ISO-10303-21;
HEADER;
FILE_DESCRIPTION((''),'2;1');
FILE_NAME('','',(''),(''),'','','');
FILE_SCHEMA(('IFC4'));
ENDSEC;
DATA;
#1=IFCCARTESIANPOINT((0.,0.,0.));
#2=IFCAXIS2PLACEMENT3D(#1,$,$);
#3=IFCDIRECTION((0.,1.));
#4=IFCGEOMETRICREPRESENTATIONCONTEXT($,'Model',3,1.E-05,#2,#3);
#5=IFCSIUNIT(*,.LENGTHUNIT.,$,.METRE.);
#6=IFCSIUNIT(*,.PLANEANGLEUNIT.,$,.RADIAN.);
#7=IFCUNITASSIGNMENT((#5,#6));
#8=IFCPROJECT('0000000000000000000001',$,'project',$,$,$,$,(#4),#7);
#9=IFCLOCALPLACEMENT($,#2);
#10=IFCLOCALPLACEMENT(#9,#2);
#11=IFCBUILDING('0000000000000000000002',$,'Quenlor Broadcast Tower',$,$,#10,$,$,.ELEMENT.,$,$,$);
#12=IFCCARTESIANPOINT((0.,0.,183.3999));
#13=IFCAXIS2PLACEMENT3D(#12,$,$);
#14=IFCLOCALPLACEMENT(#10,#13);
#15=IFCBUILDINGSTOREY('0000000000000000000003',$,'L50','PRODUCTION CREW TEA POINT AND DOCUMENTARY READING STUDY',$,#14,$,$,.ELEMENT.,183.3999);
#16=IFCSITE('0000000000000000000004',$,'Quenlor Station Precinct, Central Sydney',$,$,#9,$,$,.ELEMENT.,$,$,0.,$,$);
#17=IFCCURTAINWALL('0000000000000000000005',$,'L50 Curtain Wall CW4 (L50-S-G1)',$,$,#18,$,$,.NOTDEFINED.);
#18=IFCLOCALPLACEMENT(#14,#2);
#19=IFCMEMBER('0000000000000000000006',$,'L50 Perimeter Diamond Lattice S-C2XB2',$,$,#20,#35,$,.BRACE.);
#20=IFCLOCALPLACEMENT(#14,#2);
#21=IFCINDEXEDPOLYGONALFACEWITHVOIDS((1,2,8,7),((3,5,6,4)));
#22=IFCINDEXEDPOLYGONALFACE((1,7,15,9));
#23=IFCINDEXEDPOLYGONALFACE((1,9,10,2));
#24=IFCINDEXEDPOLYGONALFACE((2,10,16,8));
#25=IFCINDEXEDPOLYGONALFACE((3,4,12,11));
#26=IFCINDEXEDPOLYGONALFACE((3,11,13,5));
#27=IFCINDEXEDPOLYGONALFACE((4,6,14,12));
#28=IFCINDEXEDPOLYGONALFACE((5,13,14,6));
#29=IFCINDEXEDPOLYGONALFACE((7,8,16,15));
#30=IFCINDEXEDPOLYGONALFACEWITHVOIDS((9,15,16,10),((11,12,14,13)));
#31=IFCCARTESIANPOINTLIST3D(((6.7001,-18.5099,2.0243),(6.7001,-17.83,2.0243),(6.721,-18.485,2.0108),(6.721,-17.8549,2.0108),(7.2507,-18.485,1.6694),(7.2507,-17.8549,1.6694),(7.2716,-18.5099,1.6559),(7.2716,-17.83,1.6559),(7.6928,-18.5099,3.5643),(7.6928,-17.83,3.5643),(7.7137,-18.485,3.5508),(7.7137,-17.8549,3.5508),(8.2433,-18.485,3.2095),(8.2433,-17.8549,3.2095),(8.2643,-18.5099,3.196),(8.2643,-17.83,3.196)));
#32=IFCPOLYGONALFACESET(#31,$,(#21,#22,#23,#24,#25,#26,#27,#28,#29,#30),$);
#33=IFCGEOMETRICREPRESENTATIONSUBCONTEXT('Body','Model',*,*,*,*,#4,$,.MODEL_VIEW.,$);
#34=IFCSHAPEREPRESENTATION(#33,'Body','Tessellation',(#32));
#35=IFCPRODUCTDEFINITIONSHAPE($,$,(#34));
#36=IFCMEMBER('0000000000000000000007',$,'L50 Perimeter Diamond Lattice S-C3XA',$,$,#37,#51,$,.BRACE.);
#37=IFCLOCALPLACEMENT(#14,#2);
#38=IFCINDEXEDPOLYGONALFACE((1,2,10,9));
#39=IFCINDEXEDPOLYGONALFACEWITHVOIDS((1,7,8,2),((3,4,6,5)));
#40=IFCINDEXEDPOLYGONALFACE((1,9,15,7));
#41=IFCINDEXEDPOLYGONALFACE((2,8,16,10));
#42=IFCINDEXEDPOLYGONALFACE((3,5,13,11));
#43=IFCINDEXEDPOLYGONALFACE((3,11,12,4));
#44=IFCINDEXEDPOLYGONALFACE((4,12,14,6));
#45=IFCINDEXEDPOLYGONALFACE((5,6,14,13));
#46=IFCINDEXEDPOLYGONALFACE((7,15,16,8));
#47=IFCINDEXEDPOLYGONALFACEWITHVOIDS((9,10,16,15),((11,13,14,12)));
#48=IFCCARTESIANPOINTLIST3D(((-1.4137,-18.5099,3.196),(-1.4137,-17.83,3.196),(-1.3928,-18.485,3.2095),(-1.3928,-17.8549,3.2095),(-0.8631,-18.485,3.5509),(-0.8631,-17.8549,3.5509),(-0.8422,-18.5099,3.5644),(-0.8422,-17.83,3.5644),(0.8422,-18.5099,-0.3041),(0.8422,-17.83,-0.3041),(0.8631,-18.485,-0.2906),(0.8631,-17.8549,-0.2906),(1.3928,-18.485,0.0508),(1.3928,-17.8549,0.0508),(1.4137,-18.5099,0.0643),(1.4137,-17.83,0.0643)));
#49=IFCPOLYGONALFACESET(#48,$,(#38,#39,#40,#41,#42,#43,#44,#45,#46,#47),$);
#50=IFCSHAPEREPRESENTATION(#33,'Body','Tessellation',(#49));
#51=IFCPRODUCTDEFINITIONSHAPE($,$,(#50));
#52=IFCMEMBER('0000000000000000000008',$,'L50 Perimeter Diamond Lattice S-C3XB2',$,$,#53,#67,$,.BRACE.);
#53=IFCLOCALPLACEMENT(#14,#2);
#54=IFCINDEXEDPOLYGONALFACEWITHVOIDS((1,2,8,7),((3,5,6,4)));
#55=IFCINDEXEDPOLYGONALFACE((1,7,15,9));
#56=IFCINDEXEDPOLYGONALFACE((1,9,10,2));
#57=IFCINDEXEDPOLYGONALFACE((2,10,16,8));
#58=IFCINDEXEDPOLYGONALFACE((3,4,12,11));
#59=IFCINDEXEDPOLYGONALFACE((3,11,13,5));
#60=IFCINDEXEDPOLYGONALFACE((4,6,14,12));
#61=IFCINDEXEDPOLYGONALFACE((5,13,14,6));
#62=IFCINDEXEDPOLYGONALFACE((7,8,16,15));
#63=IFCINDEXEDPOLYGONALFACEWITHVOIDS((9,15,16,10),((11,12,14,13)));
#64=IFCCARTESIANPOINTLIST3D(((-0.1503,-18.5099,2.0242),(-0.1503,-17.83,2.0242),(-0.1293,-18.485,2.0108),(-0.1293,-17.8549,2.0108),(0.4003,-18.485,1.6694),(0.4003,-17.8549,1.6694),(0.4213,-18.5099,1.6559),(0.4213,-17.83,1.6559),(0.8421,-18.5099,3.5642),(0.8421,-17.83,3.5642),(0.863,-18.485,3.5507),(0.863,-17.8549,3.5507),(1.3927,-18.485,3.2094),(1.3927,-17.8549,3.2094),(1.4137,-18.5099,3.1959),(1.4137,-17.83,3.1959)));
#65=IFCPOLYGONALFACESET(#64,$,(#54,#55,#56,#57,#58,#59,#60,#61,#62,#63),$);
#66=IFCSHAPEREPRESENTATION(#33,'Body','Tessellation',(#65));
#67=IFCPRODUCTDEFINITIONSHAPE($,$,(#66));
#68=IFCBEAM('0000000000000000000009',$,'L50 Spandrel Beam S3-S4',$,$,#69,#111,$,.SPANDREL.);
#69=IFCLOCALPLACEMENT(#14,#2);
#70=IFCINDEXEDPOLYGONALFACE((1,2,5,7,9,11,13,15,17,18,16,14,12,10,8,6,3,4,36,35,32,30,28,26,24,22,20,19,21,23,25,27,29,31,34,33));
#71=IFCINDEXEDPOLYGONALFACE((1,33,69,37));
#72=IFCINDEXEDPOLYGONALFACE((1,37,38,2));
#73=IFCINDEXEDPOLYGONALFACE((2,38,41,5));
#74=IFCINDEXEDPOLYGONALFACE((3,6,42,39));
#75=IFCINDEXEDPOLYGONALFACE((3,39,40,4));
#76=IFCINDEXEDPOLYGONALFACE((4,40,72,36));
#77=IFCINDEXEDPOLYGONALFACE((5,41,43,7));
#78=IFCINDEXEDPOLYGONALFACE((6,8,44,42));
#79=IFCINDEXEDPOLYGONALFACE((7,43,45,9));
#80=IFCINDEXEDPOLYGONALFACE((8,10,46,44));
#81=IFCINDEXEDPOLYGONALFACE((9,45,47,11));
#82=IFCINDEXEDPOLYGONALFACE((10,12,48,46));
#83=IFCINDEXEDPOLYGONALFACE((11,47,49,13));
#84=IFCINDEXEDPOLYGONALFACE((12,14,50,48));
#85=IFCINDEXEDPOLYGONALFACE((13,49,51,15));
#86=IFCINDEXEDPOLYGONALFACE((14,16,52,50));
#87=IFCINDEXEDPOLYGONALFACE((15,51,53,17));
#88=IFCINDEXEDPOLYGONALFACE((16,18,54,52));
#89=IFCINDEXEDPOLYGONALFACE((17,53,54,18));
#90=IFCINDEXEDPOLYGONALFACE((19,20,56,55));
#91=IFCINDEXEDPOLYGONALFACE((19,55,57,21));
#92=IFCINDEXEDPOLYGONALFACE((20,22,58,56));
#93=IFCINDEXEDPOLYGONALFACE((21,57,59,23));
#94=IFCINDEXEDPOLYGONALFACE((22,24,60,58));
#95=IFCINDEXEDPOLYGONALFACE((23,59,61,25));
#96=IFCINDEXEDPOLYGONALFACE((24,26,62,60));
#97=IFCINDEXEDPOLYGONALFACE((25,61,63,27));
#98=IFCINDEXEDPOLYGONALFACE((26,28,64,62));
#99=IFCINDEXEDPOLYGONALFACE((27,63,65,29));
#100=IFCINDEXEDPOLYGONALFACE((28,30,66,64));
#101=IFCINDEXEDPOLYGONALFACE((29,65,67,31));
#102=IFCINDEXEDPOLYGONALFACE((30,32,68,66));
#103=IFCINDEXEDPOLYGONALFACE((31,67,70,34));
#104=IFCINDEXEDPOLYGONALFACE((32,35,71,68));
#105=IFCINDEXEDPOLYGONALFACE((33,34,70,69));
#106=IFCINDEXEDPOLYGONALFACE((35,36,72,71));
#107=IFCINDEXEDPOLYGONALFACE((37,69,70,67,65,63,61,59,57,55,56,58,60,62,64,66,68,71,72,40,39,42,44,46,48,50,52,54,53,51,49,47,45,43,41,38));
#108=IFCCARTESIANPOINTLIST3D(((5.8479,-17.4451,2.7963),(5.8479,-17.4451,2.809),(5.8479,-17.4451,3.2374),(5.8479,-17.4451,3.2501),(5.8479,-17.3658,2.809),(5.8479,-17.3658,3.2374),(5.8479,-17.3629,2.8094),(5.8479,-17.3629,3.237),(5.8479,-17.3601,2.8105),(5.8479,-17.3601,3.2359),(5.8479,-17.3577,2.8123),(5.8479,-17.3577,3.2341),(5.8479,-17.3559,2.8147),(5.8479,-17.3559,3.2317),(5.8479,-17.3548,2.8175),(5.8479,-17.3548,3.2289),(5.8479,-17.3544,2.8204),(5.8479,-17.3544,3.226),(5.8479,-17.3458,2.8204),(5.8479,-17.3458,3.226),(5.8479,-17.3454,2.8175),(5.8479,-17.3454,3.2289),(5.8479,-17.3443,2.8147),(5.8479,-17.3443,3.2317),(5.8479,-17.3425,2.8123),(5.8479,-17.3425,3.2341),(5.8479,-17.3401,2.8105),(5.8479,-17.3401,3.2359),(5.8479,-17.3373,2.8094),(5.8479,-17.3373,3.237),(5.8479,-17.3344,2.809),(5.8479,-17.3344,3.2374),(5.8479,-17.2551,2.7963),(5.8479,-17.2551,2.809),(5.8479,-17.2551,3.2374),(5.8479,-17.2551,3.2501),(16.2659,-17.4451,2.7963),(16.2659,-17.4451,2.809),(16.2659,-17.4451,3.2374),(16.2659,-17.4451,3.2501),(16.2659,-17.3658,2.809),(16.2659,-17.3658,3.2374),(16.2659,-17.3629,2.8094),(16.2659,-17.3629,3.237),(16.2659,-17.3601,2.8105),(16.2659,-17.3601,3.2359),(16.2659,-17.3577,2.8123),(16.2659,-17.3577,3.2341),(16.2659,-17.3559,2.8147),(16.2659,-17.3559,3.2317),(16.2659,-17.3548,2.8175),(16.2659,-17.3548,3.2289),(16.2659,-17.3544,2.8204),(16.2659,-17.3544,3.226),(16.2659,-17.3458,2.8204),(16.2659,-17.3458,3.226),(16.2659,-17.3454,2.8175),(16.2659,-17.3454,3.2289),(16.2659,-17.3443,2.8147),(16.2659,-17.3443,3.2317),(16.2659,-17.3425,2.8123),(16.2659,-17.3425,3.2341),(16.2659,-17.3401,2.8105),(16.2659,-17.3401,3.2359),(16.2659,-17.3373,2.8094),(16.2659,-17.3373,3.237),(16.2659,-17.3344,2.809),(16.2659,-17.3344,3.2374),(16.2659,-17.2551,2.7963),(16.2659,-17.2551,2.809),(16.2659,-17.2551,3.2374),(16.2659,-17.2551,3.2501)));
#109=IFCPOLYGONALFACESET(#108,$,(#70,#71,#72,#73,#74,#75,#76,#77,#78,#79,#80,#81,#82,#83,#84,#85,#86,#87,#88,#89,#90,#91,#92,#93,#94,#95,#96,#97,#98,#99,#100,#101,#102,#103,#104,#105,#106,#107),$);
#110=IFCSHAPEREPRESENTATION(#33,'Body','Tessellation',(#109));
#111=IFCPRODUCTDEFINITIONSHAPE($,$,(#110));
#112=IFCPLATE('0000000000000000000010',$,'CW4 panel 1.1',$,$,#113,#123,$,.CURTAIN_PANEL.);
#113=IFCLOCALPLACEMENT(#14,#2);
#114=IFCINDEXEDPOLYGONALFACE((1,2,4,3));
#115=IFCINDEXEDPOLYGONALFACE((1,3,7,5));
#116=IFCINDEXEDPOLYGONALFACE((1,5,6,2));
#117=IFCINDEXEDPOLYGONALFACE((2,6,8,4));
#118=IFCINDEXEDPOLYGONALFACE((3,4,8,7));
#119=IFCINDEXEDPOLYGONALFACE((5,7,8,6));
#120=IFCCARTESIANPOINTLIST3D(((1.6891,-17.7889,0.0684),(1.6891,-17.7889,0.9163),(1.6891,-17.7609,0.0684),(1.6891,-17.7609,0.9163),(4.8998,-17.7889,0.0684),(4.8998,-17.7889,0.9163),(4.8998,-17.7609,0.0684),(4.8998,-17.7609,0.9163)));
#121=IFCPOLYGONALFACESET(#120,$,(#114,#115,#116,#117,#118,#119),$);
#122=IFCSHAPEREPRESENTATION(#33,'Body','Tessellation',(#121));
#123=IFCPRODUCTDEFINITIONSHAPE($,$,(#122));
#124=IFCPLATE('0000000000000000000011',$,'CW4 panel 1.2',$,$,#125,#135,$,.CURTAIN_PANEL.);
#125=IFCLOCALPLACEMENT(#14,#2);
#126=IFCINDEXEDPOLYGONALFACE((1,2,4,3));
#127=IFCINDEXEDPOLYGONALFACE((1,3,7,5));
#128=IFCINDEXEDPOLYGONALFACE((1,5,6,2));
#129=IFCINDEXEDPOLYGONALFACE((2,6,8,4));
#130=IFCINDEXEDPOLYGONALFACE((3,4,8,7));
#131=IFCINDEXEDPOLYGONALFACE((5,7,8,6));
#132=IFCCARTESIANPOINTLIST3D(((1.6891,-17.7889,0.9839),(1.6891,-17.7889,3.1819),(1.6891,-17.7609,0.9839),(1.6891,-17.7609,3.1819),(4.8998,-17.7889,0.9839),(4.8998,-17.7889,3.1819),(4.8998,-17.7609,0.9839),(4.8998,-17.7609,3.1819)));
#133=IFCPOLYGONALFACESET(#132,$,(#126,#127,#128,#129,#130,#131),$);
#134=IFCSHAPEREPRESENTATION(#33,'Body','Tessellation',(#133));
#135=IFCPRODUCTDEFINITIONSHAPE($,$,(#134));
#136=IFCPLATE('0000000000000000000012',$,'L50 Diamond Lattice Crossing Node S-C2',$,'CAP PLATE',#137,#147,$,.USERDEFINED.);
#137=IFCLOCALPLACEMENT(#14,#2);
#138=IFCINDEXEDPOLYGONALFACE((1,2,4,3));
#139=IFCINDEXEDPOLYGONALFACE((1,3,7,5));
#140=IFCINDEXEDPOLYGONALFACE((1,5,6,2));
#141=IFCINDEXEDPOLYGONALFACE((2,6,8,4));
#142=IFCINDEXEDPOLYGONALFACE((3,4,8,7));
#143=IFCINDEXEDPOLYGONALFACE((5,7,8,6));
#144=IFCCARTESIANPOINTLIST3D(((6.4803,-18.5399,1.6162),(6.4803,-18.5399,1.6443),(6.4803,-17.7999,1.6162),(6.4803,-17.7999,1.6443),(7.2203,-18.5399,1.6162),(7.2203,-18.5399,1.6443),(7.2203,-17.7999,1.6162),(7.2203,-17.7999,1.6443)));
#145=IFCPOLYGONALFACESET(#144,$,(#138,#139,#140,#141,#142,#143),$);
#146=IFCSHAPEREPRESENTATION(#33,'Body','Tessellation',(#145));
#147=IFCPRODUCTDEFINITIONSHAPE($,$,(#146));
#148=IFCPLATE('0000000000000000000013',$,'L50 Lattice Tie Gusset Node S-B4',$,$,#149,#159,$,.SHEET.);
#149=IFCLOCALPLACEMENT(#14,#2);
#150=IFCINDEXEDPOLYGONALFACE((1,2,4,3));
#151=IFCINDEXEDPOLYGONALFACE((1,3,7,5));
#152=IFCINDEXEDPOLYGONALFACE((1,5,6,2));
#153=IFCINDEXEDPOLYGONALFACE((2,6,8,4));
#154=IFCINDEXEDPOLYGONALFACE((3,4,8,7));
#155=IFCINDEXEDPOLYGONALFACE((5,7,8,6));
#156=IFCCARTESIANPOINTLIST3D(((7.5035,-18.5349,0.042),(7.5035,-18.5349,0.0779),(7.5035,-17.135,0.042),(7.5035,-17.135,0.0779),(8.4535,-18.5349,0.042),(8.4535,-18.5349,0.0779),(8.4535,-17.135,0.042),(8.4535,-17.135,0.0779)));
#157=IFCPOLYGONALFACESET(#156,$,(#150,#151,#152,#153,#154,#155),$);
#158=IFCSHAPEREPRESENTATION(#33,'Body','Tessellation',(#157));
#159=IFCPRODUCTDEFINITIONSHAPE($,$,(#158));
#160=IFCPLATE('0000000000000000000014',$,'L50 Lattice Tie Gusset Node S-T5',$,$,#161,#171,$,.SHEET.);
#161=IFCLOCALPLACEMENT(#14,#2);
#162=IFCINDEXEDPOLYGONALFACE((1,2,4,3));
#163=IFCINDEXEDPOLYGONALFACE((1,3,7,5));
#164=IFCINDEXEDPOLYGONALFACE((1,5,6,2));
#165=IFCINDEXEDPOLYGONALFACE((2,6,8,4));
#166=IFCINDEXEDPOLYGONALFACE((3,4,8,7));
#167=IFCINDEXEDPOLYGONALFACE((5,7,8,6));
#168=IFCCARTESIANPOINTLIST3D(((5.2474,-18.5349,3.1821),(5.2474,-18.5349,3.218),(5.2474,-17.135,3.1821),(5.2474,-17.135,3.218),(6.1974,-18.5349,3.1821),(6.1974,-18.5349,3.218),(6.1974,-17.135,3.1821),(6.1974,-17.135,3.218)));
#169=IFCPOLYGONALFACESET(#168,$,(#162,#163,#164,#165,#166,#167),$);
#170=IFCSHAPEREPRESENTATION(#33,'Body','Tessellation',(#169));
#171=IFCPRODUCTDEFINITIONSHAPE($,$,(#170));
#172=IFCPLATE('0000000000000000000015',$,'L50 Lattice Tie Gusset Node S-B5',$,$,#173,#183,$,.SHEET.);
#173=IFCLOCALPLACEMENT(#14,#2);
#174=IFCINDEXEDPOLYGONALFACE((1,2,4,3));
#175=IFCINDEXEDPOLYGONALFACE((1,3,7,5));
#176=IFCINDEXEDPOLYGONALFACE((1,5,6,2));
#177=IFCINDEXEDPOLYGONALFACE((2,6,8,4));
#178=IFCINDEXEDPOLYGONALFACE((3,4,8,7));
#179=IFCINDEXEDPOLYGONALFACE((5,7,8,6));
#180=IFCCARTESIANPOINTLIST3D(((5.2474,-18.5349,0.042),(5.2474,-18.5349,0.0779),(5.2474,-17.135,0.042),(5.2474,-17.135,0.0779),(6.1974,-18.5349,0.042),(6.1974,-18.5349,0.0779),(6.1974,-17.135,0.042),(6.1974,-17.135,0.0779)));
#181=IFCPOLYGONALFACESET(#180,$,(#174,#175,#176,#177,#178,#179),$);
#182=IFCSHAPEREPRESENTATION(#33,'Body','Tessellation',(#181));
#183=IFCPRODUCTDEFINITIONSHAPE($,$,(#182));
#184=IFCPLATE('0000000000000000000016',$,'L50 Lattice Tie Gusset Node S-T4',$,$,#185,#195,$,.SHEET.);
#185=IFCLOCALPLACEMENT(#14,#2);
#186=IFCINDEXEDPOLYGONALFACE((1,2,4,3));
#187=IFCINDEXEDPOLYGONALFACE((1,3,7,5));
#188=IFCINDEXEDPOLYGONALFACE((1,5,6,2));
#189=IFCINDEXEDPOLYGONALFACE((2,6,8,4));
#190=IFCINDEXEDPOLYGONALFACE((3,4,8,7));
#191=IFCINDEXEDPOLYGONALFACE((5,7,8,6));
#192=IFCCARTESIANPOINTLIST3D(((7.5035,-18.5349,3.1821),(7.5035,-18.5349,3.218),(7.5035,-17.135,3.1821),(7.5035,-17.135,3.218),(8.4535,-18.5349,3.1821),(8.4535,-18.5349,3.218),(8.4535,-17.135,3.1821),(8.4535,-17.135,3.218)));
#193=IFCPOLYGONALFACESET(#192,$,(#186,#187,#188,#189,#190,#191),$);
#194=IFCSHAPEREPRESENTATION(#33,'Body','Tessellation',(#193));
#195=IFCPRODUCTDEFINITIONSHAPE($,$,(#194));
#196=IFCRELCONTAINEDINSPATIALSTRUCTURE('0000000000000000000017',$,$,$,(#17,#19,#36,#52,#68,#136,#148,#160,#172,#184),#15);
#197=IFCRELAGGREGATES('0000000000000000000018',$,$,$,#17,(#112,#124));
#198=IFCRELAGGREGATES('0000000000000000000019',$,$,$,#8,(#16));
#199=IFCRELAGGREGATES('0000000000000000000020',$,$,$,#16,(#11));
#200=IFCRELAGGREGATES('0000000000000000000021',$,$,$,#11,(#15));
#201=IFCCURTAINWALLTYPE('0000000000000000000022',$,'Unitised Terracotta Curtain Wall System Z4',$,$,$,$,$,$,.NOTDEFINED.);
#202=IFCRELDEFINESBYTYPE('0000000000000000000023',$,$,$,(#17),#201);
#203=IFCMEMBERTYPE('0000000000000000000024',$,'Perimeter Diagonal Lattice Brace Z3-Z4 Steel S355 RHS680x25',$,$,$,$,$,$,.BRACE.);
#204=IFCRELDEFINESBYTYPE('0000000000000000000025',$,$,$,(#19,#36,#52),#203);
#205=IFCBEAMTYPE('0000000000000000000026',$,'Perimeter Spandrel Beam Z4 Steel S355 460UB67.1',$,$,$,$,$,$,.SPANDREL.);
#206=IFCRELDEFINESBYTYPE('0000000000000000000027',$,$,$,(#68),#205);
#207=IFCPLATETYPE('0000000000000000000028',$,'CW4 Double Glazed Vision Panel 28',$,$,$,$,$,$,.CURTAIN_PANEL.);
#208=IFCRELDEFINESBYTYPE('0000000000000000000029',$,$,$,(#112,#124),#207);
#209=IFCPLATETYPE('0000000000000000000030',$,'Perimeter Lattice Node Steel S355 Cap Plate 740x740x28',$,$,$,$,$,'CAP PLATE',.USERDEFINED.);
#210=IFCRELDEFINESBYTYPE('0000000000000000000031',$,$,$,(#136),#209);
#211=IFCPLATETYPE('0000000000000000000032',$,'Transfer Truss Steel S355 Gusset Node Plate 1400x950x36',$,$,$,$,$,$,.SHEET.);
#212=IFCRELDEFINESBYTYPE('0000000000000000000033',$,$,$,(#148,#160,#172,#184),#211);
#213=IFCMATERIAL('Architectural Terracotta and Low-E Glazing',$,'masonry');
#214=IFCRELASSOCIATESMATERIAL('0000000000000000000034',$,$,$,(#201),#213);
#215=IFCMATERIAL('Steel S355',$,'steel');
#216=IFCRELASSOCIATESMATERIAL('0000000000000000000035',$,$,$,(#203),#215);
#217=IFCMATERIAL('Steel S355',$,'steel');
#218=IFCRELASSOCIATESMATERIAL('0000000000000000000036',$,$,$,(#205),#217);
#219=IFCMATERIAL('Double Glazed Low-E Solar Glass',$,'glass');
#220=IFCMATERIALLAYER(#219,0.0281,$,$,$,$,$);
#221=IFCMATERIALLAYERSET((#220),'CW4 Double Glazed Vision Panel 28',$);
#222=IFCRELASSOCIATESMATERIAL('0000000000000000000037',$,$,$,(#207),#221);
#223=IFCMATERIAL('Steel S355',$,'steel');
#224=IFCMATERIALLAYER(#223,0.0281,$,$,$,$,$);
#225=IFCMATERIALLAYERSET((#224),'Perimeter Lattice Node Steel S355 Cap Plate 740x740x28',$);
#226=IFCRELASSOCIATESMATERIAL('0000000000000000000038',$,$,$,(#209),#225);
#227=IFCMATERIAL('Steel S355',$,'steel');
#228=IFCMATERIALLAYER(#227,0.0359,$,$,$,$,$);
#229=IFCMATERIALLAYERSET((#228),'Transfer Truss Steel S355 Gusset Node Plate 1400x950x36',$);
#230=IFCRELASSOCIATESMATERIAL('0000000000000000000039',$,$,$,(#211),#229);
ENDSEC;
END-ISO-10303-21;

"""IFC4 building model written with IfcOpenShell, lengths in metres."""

from ifc_helpers import new_model, si_unit, direction, frame, origin, origin_2d, place, context, subcontext, project, spatial, rectangle, hollow_rectangle, i_section, extrude, material, layer, layer_set, material_profile, profile_set, type_object, element, aggregate, save


model = new_model("IFC4")

# Units and contexts
model_context = context("Model", 3, precision=1e-05, world=origin(), true_north=direction((0.0, 1.0)))
body_context = subcontext(model_context, "Body", "Model", "MODEL_VIEW")
ifc_project = project(units=[si_unit("LENGTHUNIT", "METRE"), si_unit("PLANEANGLEUNIT", "RADIAN")], contexts=[model_context])

# Site, building, storey
site_placement = place(None, origin())
site = spatial("IfcSite", under=ifc_project, at=site_placement, Name="Quenlor Station Precinct, Central Sydney", CompositionType="ELEMENT", RefElevation=0.0)
building_placement = place(site_placement, origin())
building = spatial("IfcBuilding", under=site, at=building_placement, Name="Quenlor Broadcast Tower", CompositionType="ELEMENT")
storey_placement = place(building_placement, frame((0.0, 0.0, 183.3999)))
storey = spatial("IfcBuildingStorey", under=building, at=storey_placement, Name="L50", Description="PRODUCTION CREW TEA POINT AND DOCUMENTARY READING STUDY", CompositionType="ELEMENT", Elevation=183.3999)

# Curtain wall
ifc_material_1 = material(Name="Architectural Terracotta and Low-E Glazing", Category="masonry")
curtain_wall_type = type_object("IfcCurtainWallType", Name="Unitised Terracotta Curtain Wall System Z4", PredefinedType="NOTDEFINED", material=ifc_material_1)
curtain_wall_placement = place(storey_placement, origin())
curtain_wall = element("IfcCurtainWall", 1, at=curtain_wall_placement, inside=storey, type_object=curtain_wall_type, Name="L50 Curtain Wall CW4 (L50-S-G1)", PredefinedType="NOTDEFINED")

# Members
ifc_material_2 = material(Name="Steel S355", Category="steel")
ifc_material_profile_1 = material_profile(ifc_material_2, hollow_rectangle(XDim=0.6799, YDim=0.6799, WallThickness=0.0249, at=origin_2d()))
ifc_profile_set_1 = profile_set([ifc_material_profile_1], Name="Steel S355 RHS680x680x25")
member_type_1 = type_object("IfcMemberType", Name="Perimeter Diagonal Lattice Brace Z3-Z4 Steel S355 RHS680x25", PredefinedType="BRACE", material=ifc_profile_set_1)
member_1_placement = place(storey_placement, frame((6.9858, -18.1699, 1.8401), z_axis=(0.541781, 0.0, 0.84052), x_axis=(0.0, 1.0, 0.0)))
element("IfcMember", 2, at=member_1_placement, inside=storey, type_object=member_type_1, Name="L50 Perimeter Diamond Lattice S-C2XB2", PredefinedType="BRACE", context=body_context, shape_type="SweptSolid", body=[
    extrude(hollow_rectangle(XDim=0.6799, YDim=0.6799, WallThickness=0.0249, at=origin_2d()), origin(), (0.0, 0.0, 1.0), 1.8323),
])
member_2_placement = place(storey_placement, frame((1.1279, -18.1699, -0.1199), z_axis=(-0.541753, 0.0, 0.840538), x_axis=(0.0, -1.0, 0.0)))
element("IfcMember", 3, at=member_2_placement, inside=storey, type_object=member_type_1, Name="L50 Perimeter Diamond Lattice S-C3XA", PredefinedType="BRACE", context=body_context, shape_type="SweptSolid", body=[
    extrude(hollow_rectangle(XDim=0.6799, YDim=0.6799, WallThickness=0.0249, at=origin_2d()), origin(), (0.0, 0.0, 1.0), 4.1641),
])
member_3_placement = place(storey_placement, frame((0.1355, -18.1699, 1.8401), z_axis=(0.541687, 0.0, 0.84058), x_axis=(0.0, 1.0, 0.0)))
element("IfcMember", 4, at=member_3_placement, inside=storey, type_object=member_type_1, Name="L50 Perimeter Diamond Lattice S-C3XB2", PredefinedType="BRACE", context=body_context, shape_type="SweptSolid", body=[
    extrude(hollow_rectangle(XDim=0.6799, YDim=0.6799, WallThickness=0.0249, at=origin_2d()), origin(), (0.0, 0.0, 1.0), 1.832),
])

# Beam
ifc_material_3 = material(Name="Steel S355", Category="steel")
ifc_material_profile_2 = material_profile(ifc_material_3, i_section(OverallWidth=0.1899, OverallDepth=0.4539, WebThickness=0.0085, FlangeThickness=0.0127, FilletRadius=0.0115, at=origin_2d()))
ifc_profile_set_2 = profile_set([ifc_material_profile_2], Name="Steel S355 460UB67.1")
beam_type_1 = type_object("IfcBeamType", Name="Perimeter Spandrel Beam Z4 Steel S355 460UB67.1", PredefinedType="SPANDREL", material=ifc_profile_set_2)
beam_1_placement = place(storey_placement, frame((5.8479, -17.3501, 3.0232), z_axis=(1.0, 0.0, 0.0), x_axis=(0.0, 1.0, 0.0)))
element("IfcBeam", 5, at=beam_1_placement, inside=storey, type_object=beam_type_1, Name="L50 Spandrel Beam S3-S4", PredefinedType="SPANDREL", context=body_context, shape_type="SweptSolid", body=[
    extrude(i_section(OverallWidth=0.1899, OverallDepth=0.4539, WebThickness=0.0085, FlangeThickness=0.0127, FilletRadius=0.0115, at=origin_2d()), origin(), (0.0, 0.0, 1.0), 10.418),
])

# Plates
ifc_material_4 = material(Name="Double Glazed Low-E Solar Glass", Category="glass")
ifc_layer_1 = layer(ifc_material_4, 0.0281)
ifc_layer_set_1 = layer_set([ifc_layer_1], Name="CW4 Double Glazed Vision Panel 28")
plate_type_1 = type_object("IfcPlateType", Name="CW4 Double Glazed Vision Panel 28", PredefinedType="CURTAIN_PANEL", material=ifc_layer_set_1)
plate_1_placement = place(storey_placement, frame((3.2944, -17.7749, 0.0684), z_axis=(0.0, 0.0, 1.0), x_axis=(-1.0, 0.0, 0.0)))
plate_1 = element("IfcPlate", 6, at=plate_1_placement, type_object=plate_type_1, Name="CW4 panel 1.1", PredefinedType="CURTAIN_PANEL", context=body_context, shape_type="SweptSolid", body=[
    extrude(rectangle(XDim=3.2107, YDim=0.0281, at=origin_2d()), origin(), (0.0, 0.0, 1.0), 0.8479),
])
plate_2_placement = place(storey_placement, frame((3.2944, -17.7749, 0.9839), z_axis=(0.0, 0.0, 1.0), x_axis=(-1.0, 0.0, 0.0)))
plate_2 = element("IfcPlate", 7, at=plate_2_placement, type_object=plate_type_1, Name="CW4 panel 1.2", PredefinedType="CURTAIN_PANEL", context=body_context, shape_type="SweptSolid", body=[
    extrude(rectangle(XDim=3.2107, YDim=0.0281, at=origin_2d()), origin(), (0.0, 0.0, 1.0), 2.198),
])
aggregate(curtain_wall, [plate_1, plate_2])

# Plates
ifc_material_5 = material(Name="Steel S355", Category="steel")
ifc_layer_2 = layer(ifc_material_5, 0.0281)
ifc_layer_set_2 = layer_set([ifc_layer_2], Name="Perimeter Lattice Node Steel S355 Cap Plate 740x740x28")
plate_type_2 = type_object("IfcPlateType", Name="Perimeter Lattice Node Steel S355 Cap Plate 740x740x28", ElementType="CAP PLATE", PredefinedType="USERDEFINED", material=ifc_layer_set_2)
plate_3_placement = place(storey_placement, frame((6.8503, -18.1699, 1.6162), z_axis=(0.0, 0.0, 1.0), x_axis=(-1.0, 0.0, 0.0)))
element("IfcPlate", 8, at=plate_3_placement, inside=storey, type_object=plate_type_2, Name="L50 Diamond Lattice Crossing Node S-C2", ObjectType="CAP PLATE", PredefinedType="USERDEFINED", context=body_context, shape_type="SweptSolid", body=[
    extrude(rectangle(XDim=0.74, YDim=0.74, at=origin_2d()), origin(), (0.0, 0.0, 1.0), 0.0281),
])
ifc_material_6 = material(Name="Steel S355", Category="steel")
ifc_layer_3 = layer(ifc_material_6, 0.0359)
ifc_layer_set_3 = layer_set([ifc_layer_3], Name="Transfer Truss Steel S355 Gusset Node Plate 1400x950x36")
plate_type_3 = type_object("IfcPlateType", Name="Transfer Truss Steel S355 Gusset Node Plate 1400x950x36", PredefinedType="SHEET", material=ifc_layer_set_3)
for number, where, z_axis, x_axis, name in (
    (9, (7.9785, -17.835, 0.042), (0.0, 0.0, 1.0), (0.0, -1.0, 0.0), "L50 Lattice Tie Gusset Node S-B4"),
    (10, (5.7224, -17.835, 3.1821), (0.0, 0.0, 1.0), (0.0, -1.0, 0.0), "L50 Lattice Tie Gusset Node S-T5"),
    (11, (5.7224, -17.835, 0.042), (0.0, 0.0, 1.0), (0.0, -1.0, 0.0), "L50 Lattice Tie Gusset Node S-B5"),
    (12, (7.9785, -17.835, 3.1821), (0.0, 0.0, 1.0), (0.0, -1.0, 0.0), "L50 Lattice Tie Gusset Node S-T4"),
):
    element("IfcPlate", number, at=place(storey_placement, frame(where, z_axis=z_axis, x_axis=x_axis)), inside=storey, type_object=plate_type_3, Name=name, PredefinedType="SHEET", context=body_context, shape_type="SweptSolid", body=[
        extrude(rectangle(XDim=1.3999, YDim=0.95, at=origin_2d()), origin(), (0.0, 0.0, 1.0), 0.0359),
    ])

save(model, "model.ifc")
